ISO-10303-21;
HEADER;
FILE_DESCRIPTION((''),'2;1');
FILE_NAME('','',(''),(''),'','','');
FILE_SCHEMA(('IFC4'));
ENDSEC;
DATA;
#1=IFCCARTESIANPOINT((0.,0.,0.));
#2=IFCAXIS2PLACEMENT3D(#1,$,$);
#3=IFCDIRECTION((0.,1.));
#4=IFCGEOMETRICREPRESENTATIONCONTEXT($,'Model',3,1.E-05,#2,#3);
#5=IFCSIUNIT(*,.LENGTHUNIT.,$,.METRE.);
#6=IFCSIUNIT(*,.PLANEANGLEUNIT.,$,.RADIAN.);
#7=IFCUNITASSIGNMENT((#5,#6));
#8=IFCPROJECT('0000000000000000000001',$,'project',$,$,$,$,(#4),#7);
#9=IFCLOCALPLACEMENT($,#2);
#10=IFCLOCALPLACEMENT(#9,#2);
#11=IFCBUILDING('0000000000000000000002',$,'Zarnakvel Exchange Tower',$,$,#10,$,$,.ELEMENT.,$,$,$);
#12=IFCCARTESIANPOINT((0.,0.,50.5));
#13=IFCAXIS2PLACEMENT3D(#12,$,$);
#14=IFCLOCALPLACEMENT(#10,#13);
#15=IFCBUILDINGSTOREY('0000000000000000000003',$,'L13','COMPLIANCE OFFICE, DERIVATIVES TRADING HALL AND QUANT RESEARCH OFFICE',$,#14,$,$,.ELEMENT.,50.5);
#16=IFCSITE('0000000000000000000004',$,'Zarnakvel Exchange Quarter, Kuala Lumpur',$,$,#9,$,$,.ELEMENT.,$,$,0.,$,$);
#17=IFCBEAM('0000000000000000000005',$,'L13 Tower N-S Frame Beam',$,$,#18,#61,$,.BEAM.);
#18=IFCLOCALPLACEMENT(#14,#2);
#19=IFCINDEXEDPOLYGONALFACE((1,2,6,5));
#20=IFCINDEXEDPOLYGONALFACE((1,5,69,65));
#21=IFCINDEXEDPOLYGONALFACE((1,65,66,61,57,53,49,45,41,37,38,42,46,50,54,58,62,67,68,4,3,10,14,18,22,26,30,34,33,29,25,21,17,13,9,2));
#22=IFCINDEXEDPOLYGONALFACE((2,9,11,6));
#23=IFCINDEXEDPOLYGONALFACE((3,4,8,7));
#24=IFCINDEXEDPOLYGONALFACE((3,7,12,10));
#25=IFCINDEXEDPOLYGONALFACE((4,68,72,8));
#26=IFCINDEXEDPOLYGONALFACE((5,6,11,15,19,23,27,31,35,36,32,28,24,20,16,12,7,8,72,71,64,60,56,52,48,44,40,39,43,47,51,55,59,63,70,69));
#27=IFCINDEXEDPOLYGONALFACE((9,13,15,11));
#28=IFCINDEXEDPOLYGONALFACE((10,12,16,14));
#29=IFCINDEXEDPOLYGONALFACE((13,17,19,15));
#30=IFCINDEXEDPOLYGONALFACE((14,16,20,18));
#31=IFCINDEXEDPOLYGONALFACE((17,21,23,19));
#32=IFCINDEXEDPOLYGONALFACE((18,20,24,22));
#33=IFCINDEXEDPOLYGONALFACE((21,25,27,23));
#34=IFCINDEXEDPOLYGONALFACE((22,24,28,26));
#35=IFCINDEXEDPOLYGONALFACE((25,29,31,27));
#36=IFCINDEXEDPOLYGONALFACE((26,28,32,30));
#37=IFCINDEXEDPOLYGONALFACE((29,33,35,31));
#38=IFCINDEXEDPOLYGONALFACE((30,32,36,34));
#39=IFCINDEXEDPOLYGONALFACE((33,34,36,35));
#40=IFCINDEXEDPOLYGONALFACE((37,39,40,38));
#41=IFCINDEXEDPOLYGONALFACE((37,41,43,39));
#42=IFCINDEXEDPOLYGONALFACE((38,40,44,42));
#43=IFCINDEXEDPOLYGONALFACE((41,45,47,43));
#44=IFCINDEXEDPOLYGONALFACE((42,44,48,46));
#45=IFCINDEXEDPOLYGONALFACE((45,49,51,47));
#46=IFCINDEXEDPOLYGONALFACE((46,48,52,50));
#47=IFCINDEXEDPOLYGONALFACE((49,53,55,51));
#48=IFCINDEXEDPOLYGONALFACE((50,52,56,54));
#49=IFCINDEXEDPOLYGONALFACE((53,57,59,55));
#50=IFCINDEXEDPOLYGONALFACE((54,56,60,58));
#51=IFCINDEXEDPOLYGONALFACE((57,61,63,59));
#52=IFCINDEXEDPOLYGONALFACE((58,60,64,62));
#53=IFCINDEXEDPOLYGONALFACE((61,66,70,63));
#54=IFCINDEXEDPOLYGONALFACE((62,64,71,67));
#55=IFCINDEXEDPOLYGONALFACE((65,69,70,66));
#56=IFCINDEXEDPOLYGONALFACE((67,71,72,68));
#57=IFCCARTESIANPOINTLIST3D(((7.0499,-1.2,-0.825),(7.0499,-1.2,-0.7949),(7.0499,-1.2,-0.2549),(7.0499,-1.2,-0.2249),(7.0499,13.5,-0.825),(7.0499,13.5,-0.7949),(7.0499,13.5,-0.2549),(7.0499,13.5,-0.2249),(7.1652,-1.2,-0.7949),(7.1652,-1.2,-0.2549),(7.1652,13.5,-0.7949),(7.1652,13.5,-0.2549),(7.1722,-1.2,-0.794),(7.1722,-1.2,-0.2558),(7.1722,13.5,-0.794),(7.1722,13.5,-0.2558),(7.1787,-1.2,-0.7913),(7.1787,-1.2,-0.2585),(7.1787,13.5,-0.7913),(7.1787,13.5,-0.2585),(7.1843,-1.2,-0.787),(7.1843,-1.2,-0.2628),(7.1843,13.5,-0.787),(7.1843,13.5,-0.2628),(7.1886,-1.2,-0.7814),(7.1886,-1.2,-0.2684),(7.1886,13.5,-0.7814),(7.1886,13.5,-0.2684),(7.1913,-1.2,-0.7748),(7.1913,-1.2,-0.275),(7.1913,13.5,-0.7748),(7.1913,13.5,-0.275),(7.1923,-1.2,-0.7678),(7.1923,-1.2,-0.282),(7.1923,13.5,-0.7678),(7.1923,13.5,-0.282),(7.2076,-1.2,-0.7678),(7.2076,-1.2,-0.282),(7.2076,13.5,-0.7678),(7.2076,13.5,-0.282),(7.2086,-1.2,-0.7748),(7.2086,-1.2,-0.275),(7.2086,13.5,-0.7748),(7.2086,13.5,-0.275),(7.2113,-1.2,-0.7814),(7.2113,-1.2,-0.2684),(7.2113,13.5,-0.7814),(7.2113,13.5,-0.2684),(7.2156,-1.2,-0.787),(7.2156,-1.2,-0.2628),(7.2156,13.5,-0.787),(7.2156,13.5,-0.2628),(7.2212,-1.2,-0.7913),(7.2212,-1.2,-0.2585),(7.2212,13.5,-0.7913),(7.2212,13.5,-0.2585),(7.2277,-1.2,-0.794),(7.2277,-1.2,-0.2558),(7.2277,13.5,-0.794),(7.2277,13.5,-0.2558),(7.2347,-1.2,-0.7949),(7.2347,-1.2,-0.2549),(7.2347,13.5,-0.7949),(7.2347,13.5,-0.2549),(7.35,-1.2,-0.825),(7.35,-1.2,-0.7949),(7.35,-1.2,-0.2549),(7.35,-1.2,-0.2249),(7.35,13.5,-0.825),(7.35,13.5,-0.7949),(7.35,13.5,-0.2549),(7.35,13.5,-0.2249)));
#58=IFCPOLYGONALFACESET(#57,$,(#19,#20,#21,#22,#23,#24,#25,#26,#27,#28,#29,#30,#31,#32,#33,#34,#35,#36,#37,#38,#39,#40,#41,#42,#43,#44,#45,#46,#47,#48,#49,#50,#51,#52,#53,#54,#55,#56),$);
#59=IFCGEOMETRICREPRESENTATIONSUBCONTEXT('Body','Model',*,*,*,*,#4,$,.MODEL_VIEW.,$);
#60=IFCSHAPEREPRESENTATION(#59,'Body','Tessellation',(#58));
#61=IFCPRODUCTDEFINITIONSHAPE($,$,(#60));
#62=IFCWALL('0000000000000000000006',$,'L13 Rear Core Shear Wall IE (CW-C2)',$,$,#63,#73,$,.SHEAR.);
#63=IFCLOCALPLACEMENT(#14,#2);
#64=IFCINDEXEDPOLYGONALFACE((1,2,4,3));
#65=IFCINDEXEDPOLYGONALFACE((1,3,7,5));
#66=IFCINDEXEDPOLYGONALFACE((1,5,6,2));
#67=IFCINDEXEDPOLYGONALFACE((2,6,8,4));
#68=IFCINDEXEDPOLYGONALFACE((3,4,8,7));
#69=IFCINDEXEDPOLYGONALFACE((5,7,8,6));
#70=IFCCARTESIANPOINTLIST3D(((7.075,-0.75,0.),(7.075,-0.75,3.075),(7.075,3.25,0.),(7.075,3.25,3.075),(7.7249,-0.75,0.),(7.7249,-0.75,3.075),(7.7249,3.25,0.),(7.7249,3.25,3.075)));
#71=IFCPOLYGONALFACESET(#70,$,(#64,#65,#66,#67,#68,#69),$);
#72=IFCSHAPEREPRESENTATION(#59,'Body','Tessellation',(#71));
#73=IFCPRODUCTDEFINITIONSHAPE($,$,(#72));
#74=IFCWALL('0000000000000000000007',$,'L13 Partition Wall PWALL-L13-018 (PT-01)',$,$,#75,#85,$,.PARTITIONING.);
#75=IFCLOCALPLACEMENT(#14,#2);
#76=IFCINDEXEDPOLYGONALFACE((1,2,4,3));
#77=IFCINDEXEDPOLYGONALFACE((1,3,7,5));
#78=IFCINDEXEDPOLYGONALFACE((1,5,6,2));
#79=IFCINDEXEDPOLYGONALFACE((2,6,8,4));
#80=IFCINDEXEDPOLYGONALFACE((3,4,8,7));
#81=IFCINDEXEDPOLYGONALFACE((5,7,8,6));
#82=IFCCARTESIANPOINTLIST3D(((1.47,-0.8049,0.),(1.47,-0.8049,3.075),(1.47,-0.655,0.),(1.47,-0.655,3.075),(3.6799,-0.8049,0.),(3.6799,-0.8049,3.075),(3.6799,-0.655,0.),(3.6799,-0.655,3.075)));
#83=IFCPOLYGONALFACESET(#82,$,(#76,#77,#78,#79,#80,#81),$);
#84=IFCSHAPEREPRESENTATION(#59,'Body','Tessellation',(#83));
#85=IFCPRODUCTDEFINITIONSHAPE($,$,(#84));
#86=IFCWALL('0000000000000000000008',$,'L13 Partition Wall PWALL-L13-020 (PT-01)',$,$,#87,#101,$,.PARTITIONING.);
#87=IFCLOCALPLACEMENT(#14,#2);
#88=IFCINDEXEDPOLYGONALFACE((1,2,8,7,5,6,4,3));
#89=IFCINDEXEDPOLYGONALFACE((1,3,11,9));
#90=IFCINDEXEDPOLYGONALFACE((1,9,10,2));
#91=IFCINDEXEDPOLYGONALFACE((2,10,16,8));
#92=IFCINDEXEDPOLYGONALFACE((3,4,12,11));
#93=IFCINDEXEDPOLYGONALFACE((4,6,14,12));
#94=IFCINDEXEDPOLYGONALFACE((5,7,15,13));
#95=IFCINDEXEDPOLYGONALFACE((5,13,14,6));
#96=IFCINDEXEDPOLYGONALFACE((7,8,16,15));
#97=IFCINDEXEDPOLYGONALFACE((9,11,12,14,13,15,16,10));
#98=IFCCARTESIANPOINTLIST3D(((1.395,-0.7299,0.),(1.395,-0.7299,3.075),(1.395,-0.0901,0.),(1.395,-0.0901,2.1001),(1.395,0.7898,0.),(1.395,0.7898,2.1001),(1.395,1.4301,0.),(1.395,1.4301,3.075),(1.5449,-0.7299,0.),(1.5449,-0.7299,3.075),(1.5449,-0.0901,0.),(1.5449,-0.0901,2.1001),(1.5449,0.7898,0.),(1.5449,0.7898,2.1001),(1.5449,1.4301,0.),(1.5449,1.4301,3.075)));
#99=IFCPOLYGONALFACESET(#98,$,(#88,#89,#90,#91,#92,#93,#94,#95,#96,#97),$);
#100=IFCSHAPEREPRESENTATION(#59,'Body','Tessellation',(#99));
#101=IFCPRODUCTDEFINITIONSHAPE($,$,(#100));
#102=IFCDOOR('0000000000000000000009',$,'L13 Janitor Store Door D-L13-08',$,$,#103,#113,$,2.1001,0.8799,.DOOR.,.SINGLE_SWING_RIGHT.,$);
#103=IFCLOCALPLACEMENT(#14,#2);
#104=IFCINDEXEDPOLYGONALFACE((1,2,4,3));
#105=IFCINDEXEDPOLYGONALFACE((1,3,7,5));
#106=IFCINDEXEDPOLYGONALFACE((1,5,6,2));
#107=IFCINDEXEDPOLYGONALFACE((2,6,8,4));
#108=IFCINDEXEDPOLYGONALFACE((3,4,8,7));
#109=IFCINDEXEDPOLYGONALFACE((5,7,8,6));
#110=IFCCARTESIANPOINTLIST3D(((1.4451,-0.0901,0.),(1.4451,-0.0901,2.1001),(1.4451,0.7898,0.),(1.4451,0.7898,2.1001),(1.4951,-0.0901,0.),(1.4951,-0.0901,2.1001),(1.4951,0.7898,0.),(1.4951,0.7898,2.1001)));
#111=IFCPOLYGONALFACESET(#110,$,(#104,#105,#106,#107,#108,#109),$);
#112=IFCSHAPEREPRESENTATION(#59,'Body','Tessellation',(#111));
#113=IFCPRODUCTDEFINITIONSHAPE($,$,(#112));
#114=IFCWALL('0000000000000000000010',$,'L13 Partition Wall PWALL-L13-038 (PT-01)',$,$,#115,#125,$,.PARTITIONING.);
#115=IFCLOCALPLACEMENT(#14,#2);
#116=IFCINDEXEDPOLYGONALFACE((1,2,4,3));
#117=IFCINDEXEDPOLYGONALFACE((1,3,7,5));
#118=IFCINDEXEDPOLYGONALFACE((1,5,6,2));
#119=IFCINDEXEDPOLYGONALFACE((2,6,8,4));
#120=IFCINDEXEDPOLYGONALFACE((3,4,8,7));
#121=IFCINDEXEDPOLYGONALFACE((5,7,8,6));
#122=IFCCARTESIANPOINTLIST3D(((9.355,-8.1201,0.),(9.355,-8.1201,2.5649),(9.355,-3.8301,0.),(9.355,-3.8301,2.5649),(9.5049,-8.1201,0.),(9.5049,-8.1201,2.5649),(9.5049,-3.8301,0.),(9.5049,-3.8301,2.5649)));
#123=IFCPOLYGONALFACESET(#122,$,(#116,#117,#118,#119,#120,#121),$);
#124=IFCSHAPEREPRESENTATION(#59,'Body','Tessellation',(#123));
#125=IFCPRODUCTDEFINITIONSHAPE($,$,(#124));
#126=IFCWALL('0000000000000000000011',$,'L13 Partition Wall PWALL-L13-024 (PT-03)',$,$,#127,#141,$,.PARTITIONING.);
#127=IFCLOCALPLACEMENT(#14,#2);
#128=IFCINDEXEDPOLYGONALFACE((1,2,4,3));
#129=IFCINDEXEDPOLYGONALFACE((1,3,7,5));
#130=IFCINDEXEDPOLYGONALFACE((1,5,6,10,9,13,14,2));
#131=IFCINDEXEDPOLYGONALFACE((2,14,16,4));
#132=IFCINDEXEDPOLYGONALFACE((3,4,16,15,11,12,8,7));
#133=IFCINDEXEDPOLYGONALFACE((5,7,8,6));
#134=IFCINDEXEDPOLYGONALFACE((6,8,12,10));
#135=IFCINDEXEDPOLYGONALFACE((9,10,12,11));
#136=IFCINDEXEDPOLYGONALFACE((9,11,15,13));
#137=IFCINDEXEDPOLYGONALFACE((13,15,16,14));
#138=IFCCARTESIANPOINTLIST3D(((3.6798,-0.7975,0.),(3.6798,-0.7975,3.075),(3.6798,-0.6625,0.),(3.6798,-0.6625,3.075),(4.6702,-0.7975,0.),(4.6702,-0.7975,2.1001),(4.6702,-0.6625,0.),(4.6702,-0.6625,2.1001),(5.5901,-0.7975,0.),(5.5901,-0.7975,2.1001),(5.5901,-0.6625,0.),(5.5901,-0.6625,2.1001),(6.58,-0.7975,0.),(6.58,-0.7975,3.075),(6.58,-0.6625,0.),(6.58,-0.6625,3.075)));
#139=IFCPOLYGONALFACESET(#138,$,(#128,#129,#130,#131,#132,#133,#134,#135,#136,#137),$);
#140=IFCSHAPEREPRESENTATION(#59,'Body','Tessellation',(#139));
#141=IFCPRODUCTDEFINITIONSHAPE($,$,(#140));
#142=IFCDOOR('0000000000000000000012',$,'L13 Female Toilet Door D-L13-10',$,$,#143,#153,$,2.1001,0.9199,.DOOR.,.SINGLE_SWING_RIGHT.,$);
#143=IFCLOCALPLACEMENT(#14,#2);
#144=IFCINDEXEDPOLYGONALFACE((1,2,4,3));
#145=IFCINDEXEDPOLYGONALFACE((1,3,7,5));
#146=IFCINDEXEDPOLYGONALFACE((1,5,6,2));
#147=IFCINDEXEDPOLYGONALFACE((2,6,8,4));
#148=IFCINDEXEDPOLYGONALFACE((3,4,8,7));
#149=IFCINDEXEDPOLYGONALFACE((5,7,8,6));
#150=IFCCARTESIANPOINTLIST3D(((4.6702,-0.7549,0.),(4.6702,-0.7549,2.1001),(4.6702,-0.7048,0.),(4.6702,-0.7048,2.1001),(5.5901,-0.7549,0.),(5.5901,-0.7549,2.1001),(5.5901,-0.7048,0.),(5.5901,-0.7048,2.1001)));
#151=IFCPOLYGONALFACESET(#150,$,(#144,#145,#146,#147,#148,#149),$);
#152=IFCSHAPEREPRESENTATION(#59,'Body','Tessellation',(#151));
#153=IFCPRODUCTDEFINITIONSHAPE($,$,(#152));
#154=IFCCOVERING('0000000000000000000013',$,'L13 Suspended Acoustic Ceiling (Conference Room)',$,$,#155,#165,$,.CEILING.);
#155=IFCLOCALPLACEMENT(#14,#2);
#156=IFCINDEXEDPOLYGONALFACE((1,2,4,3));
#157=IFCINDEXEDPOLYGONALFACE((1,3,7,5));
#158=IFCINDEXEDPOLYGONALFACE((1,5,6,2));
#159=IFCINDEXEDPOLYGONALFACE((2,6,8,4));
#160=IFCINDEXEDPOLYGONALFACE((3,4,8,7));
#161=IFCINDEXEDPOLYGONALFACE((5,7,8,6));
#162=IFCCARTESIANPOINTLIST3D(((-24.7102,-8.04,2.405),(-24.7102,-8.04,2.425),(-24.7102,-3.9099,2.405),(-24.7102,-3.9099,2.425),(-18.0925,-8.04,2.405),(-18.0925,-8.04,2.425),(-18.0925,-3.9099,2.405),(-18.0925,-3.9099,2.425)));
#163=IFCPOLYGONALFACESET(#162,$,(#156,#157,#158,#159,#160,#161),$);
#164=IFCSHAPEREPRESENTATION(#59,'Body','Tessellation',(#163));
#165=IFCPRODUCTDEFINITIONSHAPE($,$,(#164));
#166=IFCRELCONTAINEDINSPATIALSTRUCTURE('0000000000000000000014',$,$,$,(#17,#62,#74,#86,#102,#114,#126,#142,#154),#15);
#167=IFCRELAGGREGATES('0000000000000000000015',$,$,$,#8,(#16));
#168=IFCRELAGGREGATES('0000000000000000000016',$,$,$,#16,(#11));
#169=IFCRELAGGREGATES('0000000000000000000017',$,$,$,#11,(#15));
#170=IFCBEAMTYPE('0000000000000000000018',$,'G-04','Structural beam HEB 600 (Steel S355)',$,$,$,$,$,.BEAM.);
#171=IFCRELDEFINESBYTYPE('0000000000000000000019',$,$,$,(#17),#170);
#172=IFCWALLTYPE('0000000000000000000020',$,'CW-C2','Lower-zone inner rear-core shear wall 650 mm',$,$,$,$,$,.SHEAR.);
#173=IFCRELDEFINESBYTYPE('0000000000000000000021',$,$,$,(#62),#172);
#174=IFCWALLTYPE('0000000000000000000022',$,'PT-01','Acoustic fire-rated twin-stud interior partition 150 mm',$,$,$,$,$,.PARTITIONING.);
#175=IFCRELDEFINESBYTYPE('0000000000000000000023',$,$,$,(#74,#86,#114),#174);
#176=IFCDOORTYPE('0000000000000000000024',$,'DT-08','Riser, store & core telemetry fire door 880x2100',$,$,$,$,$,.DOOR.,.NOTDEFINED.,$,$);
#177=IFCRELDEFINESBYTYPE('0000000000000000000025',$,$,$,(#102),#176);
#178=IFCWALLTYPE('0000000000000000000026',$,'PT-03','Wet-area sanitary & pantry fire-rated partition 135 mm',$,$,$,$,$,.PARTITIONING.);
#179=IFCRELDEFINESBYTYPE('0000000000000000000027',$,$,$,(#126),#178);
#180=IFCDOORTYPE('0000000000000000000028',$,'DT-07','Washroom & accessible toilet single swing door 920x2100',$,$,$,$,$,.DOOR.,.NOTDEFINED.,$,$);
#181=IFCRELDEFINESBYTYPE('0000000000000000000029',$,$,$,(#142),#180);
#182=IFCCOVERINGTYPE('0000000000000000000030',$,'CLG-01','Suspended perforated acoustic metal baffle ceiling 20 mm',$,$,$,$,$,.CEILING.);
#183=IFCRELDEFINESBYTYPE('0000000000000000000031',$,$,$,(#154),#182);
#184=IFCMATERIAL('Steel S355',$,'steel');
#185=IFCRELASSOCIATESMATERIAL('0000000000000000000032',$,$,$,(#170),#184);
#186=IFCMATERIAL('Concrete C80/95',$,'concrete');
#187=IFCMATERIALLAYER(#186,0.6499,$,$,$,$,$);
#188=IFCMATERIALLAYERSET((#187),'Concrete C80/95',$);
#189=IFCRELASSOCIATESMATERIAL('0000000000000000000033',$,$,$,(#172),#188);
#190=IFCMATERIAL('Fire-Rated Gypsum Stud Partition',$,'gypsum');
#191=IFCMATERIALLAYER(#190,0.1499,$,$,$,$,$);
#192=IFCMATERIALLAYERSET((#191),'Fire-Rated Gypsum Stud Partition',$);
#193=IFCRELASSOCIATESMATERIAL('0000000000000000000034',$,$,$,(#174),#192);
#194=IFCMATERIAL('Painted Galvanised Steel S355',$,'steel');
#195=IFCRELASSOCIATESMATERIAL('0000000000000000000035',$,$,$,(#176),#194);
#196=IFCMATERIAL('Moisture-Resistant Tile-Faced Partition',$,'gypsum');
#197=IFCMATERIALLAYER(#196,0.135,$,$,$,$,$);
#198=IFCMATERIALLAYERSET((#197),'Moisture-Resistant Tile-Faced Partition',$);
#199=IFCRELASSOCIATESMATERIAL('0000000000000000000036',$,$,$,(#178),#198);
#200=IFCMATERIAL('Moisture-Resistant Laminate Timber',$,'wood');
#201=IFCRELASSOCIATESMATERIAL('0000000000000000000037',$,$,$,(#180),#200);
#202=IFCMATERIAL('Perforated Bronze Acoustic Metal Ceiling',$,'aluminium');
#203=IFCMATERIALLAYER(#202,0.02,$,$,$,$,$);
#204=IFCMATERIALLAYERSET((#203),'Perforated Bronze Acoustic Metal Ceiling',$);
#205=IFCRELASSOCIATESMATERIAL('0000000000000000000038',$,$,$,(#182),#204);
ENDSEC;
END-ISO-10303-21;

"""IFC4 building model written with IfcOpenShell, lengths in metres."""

from ifc_helpers import new_model, si_unit, direction, frame, frame_2d, origin, origin_2d, place, context, subcontext, project, spatial, polyline, rectangle, i_section, outline, extrude, source, transform, mapped, material, layer, layer_set, material_profile, profile_set, type_object, element, fill, save


model = new_model("IFC4")

# Units and contexts
model_context = context("Model", 3, precision=1e-05, world=origin(), true_north=direction((0.0, 1.0)))
body_context = subcontext(model_context, "Body", "Model", "MODEL_VIEW")
ifc_project = project(units=[si_unit("LENGTHUNIT", "METRE"), si_unit("PLANEANGLEUNIT", "RADIAN")], contexts=[model_context])

# Site, building, storey
site_placement = place(None, origin())
site = spatial("IfcSite", under=ifc_project, at=site_placement, Name="Zarnakvel Exchange Quarter, Kuala Lumpur", CompositionType="ELEMENT", RefElevation=0.0)
building_placement = place(site_placement, origin())
building = spatial("IfcBuilding", under=site, at=building_placement, Name="Zarnakvel Exchange Tower", CompositionType="ELEMENT")
storey_placement = place(building_placement, frame((0.0, 0.0, 50.5)))
storey = spatial("IfcBuildingStorey", under=building, at=storey_placement, Name="L13", Description="COMPLIANCE OFFICE, DERIVATIVES TRADING HALL AND QUANT RESEARCH OFFICE", CompositionType="ELEMENT", Elevation=50.5)

# Shared definitions
ifc_material_1 = material(Name="Concrete C80/95", Category="concrete")

# Beam
ifc_material_2 = material(Name="Steel S355", Category="steel")
ifc_material_profile_1 = material_profile(ifc_material_2, i_section(OverallWidth=0.3, OverallDepth=0.6001, WebThickness=0.0154, FlangeThickness=0.03, FilletRadius=0.0271, at=origin_2d()))
ifc_profile_set_1 = profile_set([ifc_material_profile_1], Name="Steel S355")
beam_type_1 = type_object("IfcBeamType", Name="G-04", Description="Structural beam HEB 600 (Steel S355)", PredefinedType="BEAM", material=ifc_profile_set_1)
beam_1_placement = place(storey_placement, frame((7.2, -1.2, -0.5249), z_axis=(0.0, 1.0, 0.0), x_axis=(-1.0, 0.0, 0.0)))
element("IfcBeam", 1, at=beam_1_placement, inside=storey, type_object=beam_type_1, Name="L13 Tower N-S Frame Beam", PredefinedType="BEAM", context=body_context, shape_type="SweptSolid", body=[
    extrude(i_section(OverallWidth=0.3, OverallDepth=0.6001, WebThickness=0.0154, FlangeThickness=0.03, FilletRadius=0.0271, at=origin_2d()), origin(), (0.0, 0.0, 1.0), 14.7),
])

# Walls
ifc_layer_1 = layer(ifc_material_1, 0.6499)
ifc_layer_set_1 = layer_set([ifc_layer_1], Name="Concrete C80/95")
wall_type_1 = type_object("IfcWallType", Name="CW-C2", Description="Lower-zone inner rear-core shear wall 650 mm", PredefinedType="SHEAR", material=ifc_layer_set_1)
wall_1_placement = place(storey_placement, frame((7.3999, -0.75, 0.0), z_axis=(0.0, 0.0, 1.0), x_axis=(0.0, 1.0, 0.0)))
element("IfcWall", 2, at=wall_1_placement, inside=storey, type_object=wall_type_1, Name="L13 Rear Core Shear Wall IE (CW-C2)", PredefinedType="SHEAR", context=body_context, shape_type="SweptSolid", body=[
    extrude(rectangle(XDim=4.0, YDim=0.6499, at=frame_2d((2.0, 0.0))), origin(), (0.0, 0.0, 1.0), 3.075),
])
ifc_material_3 = material(Name="Fire-Rated Gypsum Stud Partition", Category="gypsum")
ifc_layer_2 = layer(ifc_material_3, 0.1499)
ifc_layer_set_2 = layer_set([ifc_layer_2], Name="Fire-Rated Gypsum Stud Partition")
wall_type_2 = type_object("IfcWallType", Name="PT-01", Description="Acoustic fire-rated twin-stud interior partition 150 mm", PredefinedType="PARTITIONING", material=ifc_layer_set_2)
wall_2_placement = place(storey_placement, frame((3.6799, -0.73, 0.0), z_axis=(0.0, 0.0, 1.0), x_axis=(-1.0, 0.0, 0.0)))
element("IfcWall", 3, at=wall_2_placement, inside=storey, type_object=wall_type_2, Name="L13 Partition Wall PWALL-L13-018 (PT-01)", PredefinedType="PARTITIONING", context=body_context, shape_type="SweptSolid", body=[
    extrude(rectangle(XDim=2.21, YDim=0.1499, at=frame_2d((1.105, 0.0))), origin(), (0.0, 0.0, 1.0), 3.075),
])

# Wall, opening, door
wall_3_placement = place(storey_placement, frame((1.47, -0.73, 0.0), z_axis=(0.0, 0.0, 1.0), x_axis=(0.0, 1.0, 0.0)))
wall_3 = element("IfcWall", 4, at=wall_3_placement, inside=storey, type_object=wall_type_2, Name="L13 Partition Wall PWALL-L13-020 (PT-01)", PredefinedType="PARTITIONING", context=body_context, shape_type="SweptSolid", body=[
    extrude(rectangle(XDim=2.1599, YDim=0.1499, at=frame_2d((1.0801, 0.0))), origin(), (0.0, 0.0, 1.0), 3.075),
])
opening_1_placement = place(wall_3_placement, frame((0.6399, 0.0, 0.0)))
opening_1 = element("IfcOpeningElement", 5, at=opening_1_placement, cuts=wall_3, PredefinedType="OPENING", context=body_context, shape_type="SweptSolid", body=[
    extrude(rectangle(XDim=0.8799, YDim=2.1001, at=frame_2d((0.4399, 1.05))), frame((0.0, 0.085, 0.0), z_axis=(0.0, -1.0, 0.0), x_axis=(1.0, 0.0, 0.0)), (0.0, 0.0, 1.0), 0.1699),
])
ifc_material_4 = material(Name="Painted Galvanised Steel S355", Category="steel")
door_type_1 = type_object("IfcDoorType", Name="DT-08", Description="Riser, store & core telemetry fire door 880x2100", OperationType="NOTDEFINED", PredefinedType="DOOR", material=ifc_material_4)
shared_shape_1 = source(origin(), body_context, "Body", "SweptSolid", [
    extrude(rectangle(XDim=0.8799, YDim=2.1001, at=frame_2d((0.4399, 1.05))), frame((0.0, 0.0249, 0.0), z_axis=(0.0, -1.0, 0.0), x_axis=(1.0, 0.0, 0.0)), (0.0, 0.0, 1.0), 0.05),
])
door_1_placement = place(opening_1_placement, origin())
door_1 = element("IfcDoor", 6, at=door_1_placement, inside=storey, type_object=door_type_1, Name="L13 Janitor Store Door D-L13-08", OperationType="SINGLE_SWING_RIGHT", OverallHeight=2.1001, OverallWidth=0.8799, PredefinedType="DOOR", context=body_context, shape_type="MappedRepresentation", body=[
    mapped(shared_shape_1, transform((0.0, 0.0, 0.0), x_axis=(1.0, 0.0, 0.0), y_axis=(0.0, 1.0, 0.0), z_axis=(0.0, 0.0, 1.0), scale=1.0)),
])
fill(opening_1, door_1)

# Wall
wall_4_placement = place(storey_placement, frame((9.4299, -8.1201, 0.0), z_axis=(0.0, 0.0, 1.0), x_axis=(0.0, 1.0, 0.0)))
element("IfcWall", 7, at=wall_4_placement, inside=storey, type_object=wall_type_2, Name="L13 Partition Wall PWALL-L13-038 (PT-01)", PredefinedType="PARTITIONING", context=body_context, shape_type="SweptSolid", body=[
    extrude(rectangle(XDim=4.29, YDim=0.1499, at=frame_2d((2.145, 0.0))), origin(), (0.0, 0.0, 1.0), 2.5649),
])

# Wall, opening, door
ifc_material_5 = material(Name="Moisture-Resistant Tile-Faced Partition", Category="gypsum")
ifc_layer_3 = layer(ifc_material_5, 0.135)
ifc_layer_set_3 = layer_set([ifc_layer_3], Name="Moisture-Resistant Tile-Faced Partition")
wall_type_3 = type_object("IfcWallType", Name="PT-03", Description="Wet-area sanitary & pantry fire-rated partition 135 mm", PredefinedType="PARTITIONING", material=ifc_layer_set_3)
wall_5_placement = place(storey_placement, frame((6.5801, -0.73, 0.0), z_axis=(0.0, 0.0, 1.0), x_axis=(-1.0, 0.0, 0.0)))
wall_5 = element("IfcWall", 8, at=wall_5_placement, inside=storey, type_object=wall_type_3, Name="L13 Partition Wall PWALL-L13-024 (PT-03)", PredefinedType="PARTITIONING", context=body_context, shape_type="SweptSolid", body=[
    extrude(rectangle(XDim=2.9001, YDim=0.135, at=frame_2d((1.4502, 0.0))), origin(), (0.0, 0.0, 1.0), 3.075),
])
opening_2_placement = place(wall_5_placement, frame((0.99, 0.0, 0.0)))
opening_2 = element("IfcOpeningElement", 9, at=opening_2_placement, cuts=wall_5, PredefinedType="OPENING", context=body_context, shape_type="SweptSolid", body=[
    extrude(rectangle(XDim=0.9199, YDim=2.1001, at=frame_2d((0.46, 1.05))), frame((0.0, 0.0774, 0.0), z_axis=(0.0, -1.0, 0.0), x_axis=(1.0, 0.0, 0.0)), (0.0, 0.0, 1.0), 0.155),
])
ifc_material_6 = material(Name="Moisture-Resistant Laminate Timber", Category="wood")
door_type_2 = type_object("IfcDoorType", Name="DT-07", Description="Washroom & accessible toilet single swing door 920x2100", OperationType="NOTDEFINED", PredefinedType="DOOR", material=ifc_material_6)
shared_shape_2 = source(origin(), body_context, "Body", "SweptSolid", [
    extrude(rectangle(XDim=0.9199, YDim=2.1001, at=frame_2d((0.46, 1.05))), frame((0.0, 0.0249, 0.0), z_axis=(0.0, -1.0, 0.0), x_axis=(1.0, 0.0, 0.0)), (0.0, 0.0, 1.0), 0.05),
])
door_2_placement = place(opening_2_placement, origin())
door_2 = element("IfcDoor", 10, at=door_2_placement, inside=storey, type_object=door_type_2, Name="L13 Female Toilet Door D-L13-10", OperationType="SINGLE_SWING_RIGHT", OverallHeight=2.1001, OverallWidth=0.9199, PredefinedType="DOOR", context=body_context, shape_type="MappedRepresentation", body=[
    mapped(shared_shape_2, transform((0.0, 0.0, 0.0), x_axis=(1.0, 0.0, 0.0), y_axis=(0.0, 1.0, 0.0), z_axis=(0.0, 0.0, 1.0), scale=1.0)),
])
fill(opening_2, door_2)

# Covering
ifc_material_7 = material(Name="Perforated Bronze Acoustic Metal Ceiling", Category="aluminium")
ifc_layer_4 = layer(ifc_material_7, 0.02)
ifc_layer_set_4 = layer_set([ifc_layer_4], Name="Perforated Bronze Acoustic Metal Ceiling")
covering_type_1 = type_object("IfcCoveringType", Name="CLG-01", Description="Suspended perforated acoustic metal baffle ceiling 20 mm", PredefinedType="CEILING", material=ifc_layer_set_4)
covering_1_placement = place(storey_placement, frame((0.0, 0.0, 2.405)))
element("IfcCovering", 11, at=covering_1_placement, inside=storey, type_object=covering_type_1, Name="L13 Suspended Acoustic Ceiling (Conference Room)", PredefinedType="CEILING", context=body_context, shape_type="SweptSolid", body=[
    extrude(outline(polyline([(-24.7102, -3.9099), (-18.0925, -3.9099), (-18.0925, -8.04), (-24.7102, -8.04), (-24.7102, -3.9099)])), origin(), (0.0, 0.0, 1.0), 0.02),
])

save(model, "model.ifc")
